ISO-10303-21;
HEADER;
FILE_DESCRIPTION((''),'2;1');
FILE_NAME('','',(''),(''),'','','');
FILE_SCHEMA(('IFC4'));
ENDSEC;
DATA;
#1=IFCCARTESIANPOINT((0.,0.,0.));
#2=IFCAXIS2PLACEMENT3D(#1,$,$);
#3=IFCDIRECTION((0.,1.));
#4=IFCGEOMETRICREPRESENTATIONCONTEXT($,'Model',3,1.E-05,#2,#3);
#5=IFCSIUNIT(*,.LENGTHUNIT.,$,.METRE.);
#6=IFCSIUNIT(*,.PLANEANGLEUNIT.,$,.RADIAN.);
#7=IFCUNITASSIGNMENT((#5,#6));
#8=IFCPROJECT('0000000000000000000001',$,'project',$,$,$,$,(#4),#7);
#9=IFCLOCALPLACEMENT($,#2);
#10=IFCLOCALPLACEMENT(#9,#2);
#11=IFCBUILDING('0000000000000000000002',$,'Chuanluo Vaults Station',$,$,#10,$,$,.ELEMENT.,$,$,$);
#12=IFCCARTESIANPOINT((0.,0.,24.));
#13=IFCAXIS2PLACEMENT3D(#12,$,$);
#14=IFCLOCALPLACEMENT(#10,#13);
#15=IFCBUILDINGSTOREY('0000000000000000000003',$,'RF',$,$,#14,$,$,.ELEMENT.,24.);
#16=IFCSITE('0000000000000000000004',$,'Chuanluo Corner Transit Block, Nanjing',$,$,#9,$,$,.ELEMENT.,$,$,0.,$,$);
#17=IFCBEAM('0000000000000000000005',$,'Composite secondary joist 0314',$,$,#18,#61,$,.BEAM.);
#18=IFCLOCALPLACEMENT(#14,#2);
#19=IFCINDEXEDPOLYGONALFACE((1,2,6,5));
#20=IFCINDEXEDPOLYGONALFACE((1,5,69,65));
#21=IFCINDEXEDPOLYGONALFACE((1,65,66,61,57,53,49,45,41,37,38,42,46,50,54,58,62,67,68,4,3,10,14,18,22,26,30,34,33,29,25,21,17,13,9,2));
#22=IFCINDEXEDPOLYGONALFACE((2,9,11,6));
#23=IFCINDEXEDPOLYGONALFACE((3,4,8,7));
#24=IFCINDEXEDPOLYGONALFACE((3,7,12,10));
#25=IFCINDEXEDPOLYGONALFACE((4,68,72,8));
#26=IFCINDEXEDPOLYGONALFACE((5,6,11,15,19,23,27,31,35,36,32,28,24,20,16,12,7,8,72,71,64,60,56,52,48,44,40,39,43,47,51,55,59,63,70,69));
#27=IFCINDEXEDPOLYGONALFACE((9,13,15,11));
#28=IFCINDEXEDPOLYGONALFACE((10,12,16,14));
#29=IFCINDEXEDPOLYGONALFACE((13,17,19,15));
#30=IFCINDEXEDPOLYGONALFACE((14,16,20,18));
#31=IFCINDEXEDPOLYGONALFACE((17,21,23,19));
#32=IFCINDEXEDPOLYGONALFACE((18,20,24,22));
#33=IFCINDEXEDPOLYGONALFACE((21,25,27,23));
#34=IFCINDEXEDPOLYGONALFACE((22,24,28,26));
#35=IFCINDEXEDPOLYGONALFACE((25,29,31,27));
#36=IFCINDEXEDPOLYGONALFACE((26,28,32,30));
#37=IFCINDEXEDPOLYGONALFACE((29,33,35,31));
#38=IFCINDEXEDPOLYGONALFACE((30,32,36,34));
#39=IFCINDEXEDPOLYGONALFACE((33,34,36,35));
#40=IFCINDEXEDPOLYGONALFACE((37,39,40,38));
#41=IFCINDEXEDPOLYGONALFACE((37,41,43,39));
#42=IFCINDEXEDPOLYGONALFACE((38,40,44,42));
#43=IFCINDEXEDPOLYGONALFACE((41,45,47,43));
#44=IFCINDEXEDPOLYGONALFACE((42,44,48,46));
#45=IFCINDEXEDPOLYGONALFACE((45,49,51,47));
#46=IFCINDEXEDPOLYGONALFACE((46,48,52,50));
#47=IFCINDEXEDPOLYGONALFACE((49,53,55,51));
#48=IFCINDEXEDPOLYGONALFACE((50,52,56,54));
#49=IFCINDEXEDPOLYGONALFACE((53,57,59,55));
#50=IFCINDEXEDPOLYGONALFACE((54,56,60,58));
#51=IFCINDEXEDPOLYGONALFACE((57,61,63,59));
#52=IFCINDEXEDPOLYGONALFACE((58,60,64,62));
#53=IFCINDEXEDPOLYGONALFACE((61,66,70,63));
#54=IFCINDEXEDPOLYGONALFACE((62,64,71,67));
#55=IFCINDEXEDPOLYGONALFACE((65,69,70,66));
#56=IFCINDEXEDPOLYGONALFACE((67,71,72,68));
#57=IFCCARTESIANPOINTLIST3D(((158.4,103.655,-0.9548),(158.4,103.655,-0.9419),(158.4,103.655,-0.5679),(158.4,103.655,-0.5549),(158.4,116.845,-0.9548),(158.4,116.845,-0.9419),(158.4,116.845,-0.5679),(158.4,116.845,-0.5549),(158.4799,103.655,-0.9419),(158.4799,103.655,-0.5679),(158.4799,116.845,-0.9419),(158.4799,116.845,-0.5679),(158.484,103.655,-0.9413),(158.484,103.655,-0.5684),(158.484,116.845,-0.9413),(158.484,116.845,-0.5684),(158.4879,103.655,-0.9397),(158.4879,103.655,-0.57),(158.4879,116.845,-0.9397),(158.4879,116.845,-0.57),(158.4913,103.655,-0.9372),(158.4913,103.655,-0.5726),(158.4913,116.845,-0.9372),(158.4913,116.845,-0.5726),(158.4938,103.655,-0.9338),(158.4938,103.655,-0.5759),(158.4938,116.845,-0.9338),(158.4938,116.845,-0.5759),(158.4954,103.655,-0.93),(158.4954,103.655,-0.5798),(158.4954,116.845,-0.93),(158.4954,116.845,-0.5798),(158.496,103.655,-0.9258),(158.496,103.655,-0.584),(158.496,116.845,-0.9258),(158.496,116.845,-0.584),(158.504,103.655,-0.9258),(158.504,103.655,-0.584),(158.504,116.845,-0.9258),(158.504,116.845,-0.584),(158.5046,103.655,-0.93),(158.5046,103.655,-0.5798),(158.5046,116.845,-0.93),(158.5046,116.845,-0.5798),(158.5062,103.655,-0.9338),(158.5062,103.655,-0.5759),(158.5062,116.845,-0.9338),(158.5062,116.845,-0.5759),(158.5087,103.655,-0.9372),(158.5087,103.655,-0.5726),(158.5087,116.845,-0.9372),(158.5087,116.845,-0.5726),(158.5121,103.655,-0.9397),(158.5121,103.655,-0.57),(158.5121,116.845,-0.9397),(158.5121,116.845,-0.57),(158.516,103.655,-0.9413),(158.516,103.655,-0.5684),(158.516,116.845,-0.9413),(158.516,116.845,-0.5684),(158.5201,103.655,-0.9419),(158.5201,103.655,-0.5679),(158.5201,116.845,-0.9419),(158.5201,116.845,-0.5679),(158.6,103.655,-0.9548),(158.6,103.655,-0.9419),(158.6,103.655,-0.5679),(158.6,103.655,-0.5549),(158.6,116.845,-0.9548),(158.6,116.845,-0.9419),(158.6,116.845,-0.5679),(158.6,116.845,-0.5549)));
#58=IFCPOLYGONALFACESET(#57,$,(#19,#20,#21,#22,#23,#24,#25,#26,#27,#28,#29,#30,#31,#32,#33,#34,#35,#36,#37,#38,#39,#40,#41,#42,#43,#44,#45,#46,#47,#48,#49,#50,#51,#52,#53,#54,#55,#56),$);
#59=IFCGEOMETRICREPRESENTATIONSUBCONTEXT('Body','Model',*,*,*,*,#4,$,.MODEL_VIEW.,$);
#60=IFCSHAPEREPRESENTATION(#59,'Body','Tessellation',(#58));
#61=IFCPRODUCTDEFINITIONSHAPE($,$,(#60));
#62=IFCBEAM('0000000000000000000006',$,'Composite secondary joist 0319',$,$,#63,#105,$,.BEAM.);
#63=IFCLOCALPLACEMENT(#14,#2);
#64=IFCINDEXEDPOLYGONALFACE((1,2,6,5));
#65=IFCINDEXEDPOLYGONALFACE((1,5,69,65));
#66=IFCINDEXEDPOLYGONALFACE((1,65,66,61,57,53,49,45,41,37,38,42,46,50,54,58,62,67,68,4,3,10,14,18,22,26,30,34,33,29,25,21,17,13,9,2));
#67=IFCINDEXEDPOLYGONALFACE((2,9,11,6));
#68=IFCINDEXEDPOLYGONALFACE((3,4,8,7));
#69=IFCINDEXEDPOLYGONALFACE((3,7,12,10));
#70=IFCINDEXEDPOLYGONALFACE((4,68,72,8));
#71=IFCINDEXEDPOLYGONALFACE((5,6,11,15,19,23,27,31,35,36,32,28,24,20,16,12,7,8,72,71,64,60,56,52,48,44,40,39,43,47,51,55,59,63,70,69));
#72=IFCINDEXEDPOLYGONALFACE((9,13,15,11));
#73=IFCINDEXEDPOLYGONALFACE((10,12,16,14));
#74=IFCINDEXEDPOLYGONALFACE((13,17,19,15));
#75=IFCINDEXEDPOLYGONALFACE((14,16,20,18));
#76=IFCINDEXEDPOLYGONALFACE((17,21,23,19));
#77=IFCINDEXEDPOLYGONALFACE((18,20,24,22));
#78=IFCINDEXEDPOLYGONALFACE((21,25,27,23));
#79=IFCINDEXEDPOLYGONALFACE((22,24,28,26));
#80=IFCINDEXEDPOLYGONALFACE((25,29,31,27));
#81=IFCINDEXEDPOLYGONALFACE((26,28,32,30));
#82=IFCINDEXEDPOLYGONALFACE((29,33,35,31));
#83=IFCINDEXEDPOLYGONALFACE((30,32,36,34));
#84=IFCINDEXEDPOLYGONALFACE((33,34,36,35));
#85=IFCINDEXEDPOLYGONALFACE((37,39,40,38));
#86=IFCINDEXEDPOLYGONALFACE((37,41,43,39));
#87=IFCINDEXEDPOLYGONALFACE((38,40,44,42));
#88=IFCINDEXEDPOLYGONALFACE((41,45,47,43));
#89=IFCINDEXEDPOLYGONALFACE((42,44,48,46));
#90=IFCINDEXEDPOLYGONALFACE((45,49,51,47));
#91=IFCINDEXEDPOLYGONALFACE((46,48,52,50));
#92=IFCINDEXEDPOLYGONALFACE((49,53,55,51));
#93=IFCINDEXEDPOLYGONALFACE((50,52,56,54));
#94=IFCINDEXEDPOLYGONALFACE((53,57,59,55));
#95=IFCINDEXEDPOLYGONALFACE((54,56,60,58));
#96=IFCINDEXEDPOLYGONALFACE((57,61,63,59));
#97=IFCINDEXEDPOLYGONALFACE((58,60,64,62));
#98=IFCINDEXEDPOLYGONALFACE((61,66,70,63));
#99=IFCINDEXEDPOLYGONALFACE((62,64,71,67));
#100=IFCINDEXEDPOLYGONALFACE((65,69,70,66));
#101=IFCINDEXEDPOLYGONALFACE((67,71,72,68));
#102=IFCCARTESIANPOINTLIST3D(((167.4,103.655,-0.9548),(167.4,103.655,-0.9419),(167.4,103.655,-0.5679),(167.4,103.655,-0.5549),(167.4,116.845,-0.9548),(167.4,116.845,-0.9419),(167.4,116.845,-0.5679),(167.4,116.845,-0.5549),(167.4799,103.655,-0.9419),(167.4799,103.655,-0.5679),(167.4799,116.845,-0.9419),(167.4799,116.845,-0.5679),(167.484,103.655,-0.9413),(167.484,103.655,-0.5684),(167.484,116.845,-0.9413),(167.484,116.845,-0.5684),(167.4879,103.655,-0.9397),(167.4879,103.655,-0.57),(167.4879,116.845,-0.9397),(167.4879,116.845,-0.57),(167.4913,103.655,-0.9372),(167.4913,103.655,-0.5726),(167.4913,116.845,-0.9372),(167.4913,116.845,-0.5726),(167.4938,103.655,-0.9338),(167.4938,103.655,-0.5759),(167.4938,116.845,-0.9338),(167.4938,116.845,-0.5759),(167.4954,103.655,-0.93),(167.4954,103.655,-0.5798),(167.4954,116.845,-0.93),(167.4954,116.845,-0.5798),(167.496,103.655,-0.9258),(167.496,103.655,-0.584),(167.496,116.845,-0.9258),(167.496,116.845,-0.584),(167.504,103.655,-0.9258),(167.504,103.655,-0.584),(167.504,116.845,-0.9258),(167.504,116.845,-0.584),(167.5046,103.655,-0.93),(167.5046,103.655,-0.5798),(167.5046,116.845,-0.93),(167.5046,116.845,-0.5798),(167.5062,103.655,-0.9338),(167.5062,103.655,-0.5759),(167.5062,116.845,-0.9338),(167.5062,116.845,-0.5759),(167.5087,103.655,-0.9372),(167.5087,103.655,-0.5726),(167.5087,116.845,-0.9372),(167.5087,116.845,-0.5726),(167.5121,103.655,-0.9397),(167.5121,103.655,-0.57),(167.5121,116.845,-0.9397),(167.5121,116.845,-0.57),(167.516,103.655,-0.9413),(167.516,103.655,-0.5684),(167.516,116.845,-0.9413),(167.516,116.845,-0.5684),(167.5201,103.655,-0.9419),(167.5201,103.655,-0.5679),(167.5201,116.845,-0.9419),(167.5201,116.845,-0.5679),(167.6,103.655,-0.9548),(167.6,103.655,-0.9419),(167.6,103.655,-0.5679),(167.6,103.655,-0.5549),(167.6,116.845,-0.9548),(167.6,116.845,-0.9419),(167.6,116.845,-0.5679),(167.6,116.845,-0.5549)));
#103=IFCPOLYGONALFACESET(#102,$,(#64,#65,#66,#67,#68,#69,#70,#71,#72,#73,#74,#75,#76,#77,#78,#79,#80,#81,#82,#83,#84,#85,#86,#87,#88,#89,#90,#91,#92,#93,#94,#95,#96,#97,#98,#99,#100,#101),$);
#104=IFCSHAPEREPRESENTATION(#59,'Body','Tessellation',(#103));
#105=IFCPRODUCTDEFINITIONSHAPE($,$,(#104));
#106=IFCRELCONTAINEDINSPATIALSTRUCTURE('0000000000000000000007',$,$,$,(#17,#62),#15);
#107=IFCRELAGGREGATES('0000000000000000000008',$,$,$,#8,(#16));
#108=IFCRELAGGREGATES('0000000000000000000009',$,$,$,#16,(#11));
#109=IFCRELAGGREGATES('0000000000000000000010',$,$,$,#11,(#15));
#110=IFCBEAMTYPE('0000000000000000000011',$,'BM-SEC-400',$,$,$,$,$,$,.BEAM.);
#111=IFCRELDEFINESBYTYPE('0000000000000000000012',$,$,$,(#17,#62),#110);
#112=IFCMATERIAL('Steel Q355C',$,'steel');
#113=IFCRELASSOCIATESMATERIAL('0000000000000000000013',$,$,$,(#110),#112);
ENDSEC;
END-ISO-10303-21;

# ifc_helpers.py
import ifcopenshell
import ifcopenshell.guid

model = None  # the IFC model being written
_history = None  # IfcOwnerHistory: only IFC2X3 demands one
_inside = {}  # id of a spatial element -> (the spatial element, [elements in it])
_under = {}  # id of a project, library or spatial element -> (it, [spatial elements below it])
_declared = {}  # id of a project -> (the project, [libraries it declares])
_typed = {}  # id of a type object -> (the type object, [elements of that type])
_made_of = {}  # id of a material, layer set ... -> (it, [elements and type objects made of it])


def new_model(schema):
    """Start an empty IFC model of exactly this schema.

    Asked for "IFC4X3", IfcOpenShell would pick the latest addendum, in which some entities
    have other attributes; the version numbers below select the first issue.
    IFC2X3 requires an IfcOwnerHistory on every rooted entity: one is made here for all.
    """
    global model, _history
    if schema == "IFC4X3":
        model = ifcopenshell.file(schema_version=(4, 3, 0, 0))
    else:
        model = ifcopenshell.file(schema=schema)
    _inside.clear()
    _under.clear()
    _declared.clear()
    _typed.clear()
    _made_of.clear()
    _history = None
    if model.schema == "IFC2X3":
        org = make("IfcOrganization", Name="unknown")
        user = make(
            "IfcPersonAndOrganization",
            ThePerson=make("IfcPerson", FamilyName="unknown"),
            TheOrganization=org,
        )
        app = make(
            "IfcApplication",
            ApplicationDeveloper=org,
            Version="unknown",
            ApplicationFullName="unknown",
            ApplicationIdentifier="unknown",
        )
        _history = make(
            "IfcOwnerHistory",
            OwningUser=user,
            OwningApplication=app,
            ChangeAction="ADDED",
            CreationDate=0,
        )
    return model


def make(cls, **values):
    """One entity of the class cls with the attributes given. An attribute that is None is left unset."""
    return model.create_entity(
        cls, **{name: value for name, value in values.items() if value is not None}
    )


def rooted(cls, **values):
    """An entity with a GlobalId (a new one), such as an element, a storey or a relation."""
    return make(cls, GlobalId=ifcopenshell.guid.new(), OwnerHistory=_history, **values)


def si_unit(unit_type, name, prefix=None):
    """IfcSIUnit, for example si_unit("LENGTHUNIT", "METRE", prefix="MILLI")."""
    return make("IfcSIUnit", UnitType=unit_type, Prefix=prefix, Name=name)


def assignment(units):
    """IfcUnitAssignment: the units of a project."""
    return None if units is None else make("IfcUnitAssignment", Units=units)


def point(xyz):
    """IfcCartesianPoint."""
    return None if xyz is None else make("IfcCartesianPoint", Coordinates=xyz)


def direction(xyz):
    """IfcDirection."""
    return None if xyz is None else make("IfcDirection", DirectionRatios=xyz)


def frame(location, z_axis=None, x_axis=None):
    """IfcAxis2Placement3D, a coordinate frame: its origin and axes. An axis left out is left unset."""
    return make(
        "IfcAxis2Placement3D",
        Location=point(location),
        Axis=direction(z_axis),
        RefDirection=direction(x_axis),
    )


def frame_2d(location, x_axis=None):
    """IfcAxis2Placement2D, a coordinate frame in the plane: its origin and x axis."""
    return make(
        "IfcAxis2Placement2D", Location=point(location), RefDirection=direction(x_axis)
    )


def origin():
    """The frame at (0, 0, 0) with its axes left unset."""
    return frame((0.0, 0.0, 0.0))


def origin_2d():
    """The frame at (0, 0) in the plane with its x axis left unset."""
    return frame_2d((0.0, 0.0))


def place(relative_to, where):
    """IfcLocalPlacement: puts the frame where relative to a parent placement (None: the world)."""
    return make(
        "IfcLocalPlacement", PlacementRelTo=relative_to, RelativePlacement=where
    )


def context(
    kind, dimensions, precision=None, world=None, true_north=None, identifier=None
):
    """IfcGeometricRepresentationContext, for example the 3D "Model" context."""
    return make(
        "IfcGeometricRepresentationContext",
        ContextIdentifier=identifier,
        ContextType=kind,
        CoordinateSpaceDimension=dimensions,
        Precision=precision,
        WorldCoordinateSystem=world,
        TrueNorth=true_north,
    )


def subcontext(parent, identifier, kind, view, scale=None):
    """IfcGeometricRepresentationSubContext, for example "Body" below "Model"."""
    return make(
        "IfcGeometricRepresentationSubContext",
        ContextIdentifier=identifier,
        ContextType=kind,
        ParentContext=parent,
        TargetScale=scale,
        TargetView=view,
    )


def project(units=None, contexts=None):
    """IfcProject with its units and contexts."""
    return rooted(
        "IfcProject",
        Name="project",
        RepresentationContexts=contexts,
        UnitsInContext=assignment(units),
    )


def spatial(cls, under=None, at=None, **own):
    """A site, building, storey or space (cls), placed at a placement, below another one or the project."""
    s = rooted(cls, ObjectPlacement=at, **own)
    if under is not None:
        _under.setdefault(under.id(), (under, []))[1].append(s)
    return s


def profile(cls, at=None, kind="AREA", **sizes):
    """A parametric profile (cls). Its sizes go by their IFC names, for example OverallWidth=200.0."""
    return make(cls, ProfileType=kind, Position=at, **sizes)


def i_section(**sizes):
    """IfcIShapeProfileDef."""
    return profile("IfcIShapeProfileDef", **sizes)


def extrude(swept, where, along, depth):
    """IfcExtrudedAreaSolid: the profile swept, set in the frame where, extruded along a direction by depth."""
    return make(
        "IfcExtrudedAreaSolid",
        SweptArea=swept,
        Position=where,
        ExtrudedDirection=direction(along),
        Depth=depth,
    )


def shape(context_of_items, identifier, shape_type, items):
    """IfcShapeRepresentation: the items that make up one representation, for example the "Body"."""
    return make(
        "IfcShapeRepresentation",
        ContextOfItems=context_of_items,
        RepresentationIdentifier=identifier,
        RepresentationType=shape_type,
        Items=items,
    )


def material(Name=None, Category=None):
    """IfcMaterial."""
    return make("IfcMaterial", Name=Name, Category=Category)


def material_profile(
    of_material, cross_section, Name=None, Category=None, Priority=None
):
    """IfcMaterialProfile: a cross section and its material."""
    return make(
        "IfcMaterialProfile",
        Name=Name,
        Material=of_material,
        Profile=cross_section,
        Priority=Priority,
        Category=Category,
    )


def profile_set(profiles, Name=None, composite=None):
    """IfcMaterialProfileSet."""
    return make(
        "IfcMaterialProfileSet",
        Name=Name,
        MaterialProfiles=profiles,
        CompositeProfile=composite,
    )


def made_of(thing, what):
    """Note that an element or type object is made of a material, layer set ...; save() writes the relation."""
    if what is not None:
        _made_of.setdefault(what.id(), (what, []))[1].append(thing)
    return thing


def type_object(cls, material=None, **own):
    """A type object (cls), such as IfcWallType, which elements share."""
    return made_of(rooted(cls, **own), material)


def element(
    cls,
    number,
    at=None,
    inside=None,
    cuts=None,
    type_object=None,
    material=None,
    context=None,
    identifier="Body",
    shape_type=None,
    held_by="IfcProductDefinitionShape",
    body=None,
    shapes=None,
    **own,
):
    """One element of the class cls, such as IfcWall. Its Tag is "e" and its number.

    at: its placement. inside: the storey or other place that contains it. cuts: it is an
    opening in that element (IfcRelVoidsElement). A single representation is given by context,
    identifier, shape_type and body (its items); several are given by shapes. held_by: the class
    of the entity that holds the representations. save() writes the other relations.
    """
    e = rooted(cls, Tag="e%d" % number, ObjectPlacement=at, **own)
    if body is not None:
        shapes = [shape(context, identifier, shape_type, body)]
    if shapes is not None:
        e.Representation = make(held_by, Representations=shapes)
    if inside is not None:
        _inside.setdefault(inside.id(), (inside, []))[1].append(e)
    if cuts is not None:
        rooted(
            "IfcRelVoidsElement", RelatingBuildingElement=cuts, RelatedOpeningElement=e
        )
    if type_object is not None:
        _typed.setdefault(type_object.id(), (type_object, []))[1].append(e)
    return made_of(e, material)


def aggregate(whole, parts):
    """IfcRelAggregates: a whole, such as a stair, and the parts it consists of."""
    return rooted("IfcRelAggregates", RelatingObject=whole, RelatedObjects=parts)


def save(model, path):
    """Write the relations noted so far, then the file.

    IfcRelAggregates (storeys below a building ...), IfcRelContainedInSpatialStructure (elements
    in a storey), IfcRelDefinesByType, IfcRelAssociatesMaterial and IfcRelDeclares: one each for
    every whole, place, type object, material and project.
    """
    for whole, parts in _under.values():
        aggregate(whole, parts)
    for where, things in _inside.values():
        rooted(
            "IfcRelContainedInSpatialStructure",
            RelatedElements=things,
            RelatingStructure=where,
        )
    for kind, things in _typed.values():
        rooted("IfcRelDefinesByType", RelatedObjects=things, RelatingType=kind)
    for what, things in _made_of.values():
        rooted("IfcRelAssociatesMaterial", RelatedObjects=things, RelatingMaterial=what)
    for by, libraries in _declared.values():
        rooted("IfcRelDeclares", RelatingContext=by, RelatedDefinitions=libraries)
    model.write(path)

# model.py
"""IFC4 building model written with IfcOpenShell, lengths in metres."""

from ifc_helpers import new_model, si_unit, direction, frame, origin, origin_2d, place, context, subcontext, project, spatial, i_section, extrude, material, material_profile, profile_set, type_object, element, save


model = new_model("IFC4")

# Units and contexts
model_context = context("Model", 3, precision=1e-05, world=origin(), true_north=direction((0.0, 1.0)))
body_context = subcontext(model_context, "Body", "Model", "MODEL_VIEW")
ifc_project = project(units=[si_unit("LENGTHUNIT", "METRE"), si_unit("PLANEANGLEUNIT", "RADIAN")], contexts=[model_context])

# Site, building, storey
site_placement = place(None, origin())
site = spatial("IfcSite", under=ifc_project, at=site_placement, Name="Chuanluo Corner Transit Block, Nanjing", CompositionType="ELEMENT", RefElevation=0.0)
building_placement = place(site_placement, origin())
building = spatial("IfcBuilding", under=site, at=building_placement, Name="Chuanluo Vaults Station", CompositionType="ELEMENT")
storey_placement = place(building_placement, frame((0.0, 0.0, 24.0)))
storey = spatial("IfcBuildingStorey", under=building, at=storey_placement, Name="RF", CompositionType="ELEMENT", Elevation=24.0)

# Beams
ifc_material_1 = material(Name="Steel Q355C", Category="steel")
ifc_material_profile_1 = material_profile(ifc_material_1, i_section(OverallWidth=0.2, OverallDepth=0.3999, WebThickness=0.0081, FlangeThickness=0.0129, FilletRadius=0.0161, at=origin_2d()))
ifc_profile_set_1 = profile_set([ifc_material_profile_1], Name="Steel Q355C")
beam_type_1 = type_object("IfcBeamType", Name="BM-SEC-400", PredefinedType="BEAM", material=ifc_profile_set_1)
for number, where, z_axis, x_axis, name in (
    (1, (158.5, 103.655, -0.7549), (0.0, 1.0, 0.0), (-1.0, 0.0, 0.0), "Composite secondary joist 0314"),
    (2, (167.5, 103.655, -0.7549), (0.0, 1.0, 0.0), (-1.0, 0.0, 0.0), "Composite secondary joist 0319"),
):
    element("IfcBeam", number, at=place(storey_placement, frame(where, z_axis=z_axis, x_axis=x_axis)), inside=storey, type_object=beam_type_1, Name=name, PredefinedType="BEAM", context=body_context, shape_type="SweptSolid", body=[
        extrude(i_section(OverallWidth=0.2, OverallDepth=0.3999, WebThickness=0.0081, FlangeThickness=0.0129, FilletRadius=0.0161, at=origin_2d()), origin(), (0.0, 0.0, 1.0), 13.1899),
    ])

save(model, "model.ifc")
